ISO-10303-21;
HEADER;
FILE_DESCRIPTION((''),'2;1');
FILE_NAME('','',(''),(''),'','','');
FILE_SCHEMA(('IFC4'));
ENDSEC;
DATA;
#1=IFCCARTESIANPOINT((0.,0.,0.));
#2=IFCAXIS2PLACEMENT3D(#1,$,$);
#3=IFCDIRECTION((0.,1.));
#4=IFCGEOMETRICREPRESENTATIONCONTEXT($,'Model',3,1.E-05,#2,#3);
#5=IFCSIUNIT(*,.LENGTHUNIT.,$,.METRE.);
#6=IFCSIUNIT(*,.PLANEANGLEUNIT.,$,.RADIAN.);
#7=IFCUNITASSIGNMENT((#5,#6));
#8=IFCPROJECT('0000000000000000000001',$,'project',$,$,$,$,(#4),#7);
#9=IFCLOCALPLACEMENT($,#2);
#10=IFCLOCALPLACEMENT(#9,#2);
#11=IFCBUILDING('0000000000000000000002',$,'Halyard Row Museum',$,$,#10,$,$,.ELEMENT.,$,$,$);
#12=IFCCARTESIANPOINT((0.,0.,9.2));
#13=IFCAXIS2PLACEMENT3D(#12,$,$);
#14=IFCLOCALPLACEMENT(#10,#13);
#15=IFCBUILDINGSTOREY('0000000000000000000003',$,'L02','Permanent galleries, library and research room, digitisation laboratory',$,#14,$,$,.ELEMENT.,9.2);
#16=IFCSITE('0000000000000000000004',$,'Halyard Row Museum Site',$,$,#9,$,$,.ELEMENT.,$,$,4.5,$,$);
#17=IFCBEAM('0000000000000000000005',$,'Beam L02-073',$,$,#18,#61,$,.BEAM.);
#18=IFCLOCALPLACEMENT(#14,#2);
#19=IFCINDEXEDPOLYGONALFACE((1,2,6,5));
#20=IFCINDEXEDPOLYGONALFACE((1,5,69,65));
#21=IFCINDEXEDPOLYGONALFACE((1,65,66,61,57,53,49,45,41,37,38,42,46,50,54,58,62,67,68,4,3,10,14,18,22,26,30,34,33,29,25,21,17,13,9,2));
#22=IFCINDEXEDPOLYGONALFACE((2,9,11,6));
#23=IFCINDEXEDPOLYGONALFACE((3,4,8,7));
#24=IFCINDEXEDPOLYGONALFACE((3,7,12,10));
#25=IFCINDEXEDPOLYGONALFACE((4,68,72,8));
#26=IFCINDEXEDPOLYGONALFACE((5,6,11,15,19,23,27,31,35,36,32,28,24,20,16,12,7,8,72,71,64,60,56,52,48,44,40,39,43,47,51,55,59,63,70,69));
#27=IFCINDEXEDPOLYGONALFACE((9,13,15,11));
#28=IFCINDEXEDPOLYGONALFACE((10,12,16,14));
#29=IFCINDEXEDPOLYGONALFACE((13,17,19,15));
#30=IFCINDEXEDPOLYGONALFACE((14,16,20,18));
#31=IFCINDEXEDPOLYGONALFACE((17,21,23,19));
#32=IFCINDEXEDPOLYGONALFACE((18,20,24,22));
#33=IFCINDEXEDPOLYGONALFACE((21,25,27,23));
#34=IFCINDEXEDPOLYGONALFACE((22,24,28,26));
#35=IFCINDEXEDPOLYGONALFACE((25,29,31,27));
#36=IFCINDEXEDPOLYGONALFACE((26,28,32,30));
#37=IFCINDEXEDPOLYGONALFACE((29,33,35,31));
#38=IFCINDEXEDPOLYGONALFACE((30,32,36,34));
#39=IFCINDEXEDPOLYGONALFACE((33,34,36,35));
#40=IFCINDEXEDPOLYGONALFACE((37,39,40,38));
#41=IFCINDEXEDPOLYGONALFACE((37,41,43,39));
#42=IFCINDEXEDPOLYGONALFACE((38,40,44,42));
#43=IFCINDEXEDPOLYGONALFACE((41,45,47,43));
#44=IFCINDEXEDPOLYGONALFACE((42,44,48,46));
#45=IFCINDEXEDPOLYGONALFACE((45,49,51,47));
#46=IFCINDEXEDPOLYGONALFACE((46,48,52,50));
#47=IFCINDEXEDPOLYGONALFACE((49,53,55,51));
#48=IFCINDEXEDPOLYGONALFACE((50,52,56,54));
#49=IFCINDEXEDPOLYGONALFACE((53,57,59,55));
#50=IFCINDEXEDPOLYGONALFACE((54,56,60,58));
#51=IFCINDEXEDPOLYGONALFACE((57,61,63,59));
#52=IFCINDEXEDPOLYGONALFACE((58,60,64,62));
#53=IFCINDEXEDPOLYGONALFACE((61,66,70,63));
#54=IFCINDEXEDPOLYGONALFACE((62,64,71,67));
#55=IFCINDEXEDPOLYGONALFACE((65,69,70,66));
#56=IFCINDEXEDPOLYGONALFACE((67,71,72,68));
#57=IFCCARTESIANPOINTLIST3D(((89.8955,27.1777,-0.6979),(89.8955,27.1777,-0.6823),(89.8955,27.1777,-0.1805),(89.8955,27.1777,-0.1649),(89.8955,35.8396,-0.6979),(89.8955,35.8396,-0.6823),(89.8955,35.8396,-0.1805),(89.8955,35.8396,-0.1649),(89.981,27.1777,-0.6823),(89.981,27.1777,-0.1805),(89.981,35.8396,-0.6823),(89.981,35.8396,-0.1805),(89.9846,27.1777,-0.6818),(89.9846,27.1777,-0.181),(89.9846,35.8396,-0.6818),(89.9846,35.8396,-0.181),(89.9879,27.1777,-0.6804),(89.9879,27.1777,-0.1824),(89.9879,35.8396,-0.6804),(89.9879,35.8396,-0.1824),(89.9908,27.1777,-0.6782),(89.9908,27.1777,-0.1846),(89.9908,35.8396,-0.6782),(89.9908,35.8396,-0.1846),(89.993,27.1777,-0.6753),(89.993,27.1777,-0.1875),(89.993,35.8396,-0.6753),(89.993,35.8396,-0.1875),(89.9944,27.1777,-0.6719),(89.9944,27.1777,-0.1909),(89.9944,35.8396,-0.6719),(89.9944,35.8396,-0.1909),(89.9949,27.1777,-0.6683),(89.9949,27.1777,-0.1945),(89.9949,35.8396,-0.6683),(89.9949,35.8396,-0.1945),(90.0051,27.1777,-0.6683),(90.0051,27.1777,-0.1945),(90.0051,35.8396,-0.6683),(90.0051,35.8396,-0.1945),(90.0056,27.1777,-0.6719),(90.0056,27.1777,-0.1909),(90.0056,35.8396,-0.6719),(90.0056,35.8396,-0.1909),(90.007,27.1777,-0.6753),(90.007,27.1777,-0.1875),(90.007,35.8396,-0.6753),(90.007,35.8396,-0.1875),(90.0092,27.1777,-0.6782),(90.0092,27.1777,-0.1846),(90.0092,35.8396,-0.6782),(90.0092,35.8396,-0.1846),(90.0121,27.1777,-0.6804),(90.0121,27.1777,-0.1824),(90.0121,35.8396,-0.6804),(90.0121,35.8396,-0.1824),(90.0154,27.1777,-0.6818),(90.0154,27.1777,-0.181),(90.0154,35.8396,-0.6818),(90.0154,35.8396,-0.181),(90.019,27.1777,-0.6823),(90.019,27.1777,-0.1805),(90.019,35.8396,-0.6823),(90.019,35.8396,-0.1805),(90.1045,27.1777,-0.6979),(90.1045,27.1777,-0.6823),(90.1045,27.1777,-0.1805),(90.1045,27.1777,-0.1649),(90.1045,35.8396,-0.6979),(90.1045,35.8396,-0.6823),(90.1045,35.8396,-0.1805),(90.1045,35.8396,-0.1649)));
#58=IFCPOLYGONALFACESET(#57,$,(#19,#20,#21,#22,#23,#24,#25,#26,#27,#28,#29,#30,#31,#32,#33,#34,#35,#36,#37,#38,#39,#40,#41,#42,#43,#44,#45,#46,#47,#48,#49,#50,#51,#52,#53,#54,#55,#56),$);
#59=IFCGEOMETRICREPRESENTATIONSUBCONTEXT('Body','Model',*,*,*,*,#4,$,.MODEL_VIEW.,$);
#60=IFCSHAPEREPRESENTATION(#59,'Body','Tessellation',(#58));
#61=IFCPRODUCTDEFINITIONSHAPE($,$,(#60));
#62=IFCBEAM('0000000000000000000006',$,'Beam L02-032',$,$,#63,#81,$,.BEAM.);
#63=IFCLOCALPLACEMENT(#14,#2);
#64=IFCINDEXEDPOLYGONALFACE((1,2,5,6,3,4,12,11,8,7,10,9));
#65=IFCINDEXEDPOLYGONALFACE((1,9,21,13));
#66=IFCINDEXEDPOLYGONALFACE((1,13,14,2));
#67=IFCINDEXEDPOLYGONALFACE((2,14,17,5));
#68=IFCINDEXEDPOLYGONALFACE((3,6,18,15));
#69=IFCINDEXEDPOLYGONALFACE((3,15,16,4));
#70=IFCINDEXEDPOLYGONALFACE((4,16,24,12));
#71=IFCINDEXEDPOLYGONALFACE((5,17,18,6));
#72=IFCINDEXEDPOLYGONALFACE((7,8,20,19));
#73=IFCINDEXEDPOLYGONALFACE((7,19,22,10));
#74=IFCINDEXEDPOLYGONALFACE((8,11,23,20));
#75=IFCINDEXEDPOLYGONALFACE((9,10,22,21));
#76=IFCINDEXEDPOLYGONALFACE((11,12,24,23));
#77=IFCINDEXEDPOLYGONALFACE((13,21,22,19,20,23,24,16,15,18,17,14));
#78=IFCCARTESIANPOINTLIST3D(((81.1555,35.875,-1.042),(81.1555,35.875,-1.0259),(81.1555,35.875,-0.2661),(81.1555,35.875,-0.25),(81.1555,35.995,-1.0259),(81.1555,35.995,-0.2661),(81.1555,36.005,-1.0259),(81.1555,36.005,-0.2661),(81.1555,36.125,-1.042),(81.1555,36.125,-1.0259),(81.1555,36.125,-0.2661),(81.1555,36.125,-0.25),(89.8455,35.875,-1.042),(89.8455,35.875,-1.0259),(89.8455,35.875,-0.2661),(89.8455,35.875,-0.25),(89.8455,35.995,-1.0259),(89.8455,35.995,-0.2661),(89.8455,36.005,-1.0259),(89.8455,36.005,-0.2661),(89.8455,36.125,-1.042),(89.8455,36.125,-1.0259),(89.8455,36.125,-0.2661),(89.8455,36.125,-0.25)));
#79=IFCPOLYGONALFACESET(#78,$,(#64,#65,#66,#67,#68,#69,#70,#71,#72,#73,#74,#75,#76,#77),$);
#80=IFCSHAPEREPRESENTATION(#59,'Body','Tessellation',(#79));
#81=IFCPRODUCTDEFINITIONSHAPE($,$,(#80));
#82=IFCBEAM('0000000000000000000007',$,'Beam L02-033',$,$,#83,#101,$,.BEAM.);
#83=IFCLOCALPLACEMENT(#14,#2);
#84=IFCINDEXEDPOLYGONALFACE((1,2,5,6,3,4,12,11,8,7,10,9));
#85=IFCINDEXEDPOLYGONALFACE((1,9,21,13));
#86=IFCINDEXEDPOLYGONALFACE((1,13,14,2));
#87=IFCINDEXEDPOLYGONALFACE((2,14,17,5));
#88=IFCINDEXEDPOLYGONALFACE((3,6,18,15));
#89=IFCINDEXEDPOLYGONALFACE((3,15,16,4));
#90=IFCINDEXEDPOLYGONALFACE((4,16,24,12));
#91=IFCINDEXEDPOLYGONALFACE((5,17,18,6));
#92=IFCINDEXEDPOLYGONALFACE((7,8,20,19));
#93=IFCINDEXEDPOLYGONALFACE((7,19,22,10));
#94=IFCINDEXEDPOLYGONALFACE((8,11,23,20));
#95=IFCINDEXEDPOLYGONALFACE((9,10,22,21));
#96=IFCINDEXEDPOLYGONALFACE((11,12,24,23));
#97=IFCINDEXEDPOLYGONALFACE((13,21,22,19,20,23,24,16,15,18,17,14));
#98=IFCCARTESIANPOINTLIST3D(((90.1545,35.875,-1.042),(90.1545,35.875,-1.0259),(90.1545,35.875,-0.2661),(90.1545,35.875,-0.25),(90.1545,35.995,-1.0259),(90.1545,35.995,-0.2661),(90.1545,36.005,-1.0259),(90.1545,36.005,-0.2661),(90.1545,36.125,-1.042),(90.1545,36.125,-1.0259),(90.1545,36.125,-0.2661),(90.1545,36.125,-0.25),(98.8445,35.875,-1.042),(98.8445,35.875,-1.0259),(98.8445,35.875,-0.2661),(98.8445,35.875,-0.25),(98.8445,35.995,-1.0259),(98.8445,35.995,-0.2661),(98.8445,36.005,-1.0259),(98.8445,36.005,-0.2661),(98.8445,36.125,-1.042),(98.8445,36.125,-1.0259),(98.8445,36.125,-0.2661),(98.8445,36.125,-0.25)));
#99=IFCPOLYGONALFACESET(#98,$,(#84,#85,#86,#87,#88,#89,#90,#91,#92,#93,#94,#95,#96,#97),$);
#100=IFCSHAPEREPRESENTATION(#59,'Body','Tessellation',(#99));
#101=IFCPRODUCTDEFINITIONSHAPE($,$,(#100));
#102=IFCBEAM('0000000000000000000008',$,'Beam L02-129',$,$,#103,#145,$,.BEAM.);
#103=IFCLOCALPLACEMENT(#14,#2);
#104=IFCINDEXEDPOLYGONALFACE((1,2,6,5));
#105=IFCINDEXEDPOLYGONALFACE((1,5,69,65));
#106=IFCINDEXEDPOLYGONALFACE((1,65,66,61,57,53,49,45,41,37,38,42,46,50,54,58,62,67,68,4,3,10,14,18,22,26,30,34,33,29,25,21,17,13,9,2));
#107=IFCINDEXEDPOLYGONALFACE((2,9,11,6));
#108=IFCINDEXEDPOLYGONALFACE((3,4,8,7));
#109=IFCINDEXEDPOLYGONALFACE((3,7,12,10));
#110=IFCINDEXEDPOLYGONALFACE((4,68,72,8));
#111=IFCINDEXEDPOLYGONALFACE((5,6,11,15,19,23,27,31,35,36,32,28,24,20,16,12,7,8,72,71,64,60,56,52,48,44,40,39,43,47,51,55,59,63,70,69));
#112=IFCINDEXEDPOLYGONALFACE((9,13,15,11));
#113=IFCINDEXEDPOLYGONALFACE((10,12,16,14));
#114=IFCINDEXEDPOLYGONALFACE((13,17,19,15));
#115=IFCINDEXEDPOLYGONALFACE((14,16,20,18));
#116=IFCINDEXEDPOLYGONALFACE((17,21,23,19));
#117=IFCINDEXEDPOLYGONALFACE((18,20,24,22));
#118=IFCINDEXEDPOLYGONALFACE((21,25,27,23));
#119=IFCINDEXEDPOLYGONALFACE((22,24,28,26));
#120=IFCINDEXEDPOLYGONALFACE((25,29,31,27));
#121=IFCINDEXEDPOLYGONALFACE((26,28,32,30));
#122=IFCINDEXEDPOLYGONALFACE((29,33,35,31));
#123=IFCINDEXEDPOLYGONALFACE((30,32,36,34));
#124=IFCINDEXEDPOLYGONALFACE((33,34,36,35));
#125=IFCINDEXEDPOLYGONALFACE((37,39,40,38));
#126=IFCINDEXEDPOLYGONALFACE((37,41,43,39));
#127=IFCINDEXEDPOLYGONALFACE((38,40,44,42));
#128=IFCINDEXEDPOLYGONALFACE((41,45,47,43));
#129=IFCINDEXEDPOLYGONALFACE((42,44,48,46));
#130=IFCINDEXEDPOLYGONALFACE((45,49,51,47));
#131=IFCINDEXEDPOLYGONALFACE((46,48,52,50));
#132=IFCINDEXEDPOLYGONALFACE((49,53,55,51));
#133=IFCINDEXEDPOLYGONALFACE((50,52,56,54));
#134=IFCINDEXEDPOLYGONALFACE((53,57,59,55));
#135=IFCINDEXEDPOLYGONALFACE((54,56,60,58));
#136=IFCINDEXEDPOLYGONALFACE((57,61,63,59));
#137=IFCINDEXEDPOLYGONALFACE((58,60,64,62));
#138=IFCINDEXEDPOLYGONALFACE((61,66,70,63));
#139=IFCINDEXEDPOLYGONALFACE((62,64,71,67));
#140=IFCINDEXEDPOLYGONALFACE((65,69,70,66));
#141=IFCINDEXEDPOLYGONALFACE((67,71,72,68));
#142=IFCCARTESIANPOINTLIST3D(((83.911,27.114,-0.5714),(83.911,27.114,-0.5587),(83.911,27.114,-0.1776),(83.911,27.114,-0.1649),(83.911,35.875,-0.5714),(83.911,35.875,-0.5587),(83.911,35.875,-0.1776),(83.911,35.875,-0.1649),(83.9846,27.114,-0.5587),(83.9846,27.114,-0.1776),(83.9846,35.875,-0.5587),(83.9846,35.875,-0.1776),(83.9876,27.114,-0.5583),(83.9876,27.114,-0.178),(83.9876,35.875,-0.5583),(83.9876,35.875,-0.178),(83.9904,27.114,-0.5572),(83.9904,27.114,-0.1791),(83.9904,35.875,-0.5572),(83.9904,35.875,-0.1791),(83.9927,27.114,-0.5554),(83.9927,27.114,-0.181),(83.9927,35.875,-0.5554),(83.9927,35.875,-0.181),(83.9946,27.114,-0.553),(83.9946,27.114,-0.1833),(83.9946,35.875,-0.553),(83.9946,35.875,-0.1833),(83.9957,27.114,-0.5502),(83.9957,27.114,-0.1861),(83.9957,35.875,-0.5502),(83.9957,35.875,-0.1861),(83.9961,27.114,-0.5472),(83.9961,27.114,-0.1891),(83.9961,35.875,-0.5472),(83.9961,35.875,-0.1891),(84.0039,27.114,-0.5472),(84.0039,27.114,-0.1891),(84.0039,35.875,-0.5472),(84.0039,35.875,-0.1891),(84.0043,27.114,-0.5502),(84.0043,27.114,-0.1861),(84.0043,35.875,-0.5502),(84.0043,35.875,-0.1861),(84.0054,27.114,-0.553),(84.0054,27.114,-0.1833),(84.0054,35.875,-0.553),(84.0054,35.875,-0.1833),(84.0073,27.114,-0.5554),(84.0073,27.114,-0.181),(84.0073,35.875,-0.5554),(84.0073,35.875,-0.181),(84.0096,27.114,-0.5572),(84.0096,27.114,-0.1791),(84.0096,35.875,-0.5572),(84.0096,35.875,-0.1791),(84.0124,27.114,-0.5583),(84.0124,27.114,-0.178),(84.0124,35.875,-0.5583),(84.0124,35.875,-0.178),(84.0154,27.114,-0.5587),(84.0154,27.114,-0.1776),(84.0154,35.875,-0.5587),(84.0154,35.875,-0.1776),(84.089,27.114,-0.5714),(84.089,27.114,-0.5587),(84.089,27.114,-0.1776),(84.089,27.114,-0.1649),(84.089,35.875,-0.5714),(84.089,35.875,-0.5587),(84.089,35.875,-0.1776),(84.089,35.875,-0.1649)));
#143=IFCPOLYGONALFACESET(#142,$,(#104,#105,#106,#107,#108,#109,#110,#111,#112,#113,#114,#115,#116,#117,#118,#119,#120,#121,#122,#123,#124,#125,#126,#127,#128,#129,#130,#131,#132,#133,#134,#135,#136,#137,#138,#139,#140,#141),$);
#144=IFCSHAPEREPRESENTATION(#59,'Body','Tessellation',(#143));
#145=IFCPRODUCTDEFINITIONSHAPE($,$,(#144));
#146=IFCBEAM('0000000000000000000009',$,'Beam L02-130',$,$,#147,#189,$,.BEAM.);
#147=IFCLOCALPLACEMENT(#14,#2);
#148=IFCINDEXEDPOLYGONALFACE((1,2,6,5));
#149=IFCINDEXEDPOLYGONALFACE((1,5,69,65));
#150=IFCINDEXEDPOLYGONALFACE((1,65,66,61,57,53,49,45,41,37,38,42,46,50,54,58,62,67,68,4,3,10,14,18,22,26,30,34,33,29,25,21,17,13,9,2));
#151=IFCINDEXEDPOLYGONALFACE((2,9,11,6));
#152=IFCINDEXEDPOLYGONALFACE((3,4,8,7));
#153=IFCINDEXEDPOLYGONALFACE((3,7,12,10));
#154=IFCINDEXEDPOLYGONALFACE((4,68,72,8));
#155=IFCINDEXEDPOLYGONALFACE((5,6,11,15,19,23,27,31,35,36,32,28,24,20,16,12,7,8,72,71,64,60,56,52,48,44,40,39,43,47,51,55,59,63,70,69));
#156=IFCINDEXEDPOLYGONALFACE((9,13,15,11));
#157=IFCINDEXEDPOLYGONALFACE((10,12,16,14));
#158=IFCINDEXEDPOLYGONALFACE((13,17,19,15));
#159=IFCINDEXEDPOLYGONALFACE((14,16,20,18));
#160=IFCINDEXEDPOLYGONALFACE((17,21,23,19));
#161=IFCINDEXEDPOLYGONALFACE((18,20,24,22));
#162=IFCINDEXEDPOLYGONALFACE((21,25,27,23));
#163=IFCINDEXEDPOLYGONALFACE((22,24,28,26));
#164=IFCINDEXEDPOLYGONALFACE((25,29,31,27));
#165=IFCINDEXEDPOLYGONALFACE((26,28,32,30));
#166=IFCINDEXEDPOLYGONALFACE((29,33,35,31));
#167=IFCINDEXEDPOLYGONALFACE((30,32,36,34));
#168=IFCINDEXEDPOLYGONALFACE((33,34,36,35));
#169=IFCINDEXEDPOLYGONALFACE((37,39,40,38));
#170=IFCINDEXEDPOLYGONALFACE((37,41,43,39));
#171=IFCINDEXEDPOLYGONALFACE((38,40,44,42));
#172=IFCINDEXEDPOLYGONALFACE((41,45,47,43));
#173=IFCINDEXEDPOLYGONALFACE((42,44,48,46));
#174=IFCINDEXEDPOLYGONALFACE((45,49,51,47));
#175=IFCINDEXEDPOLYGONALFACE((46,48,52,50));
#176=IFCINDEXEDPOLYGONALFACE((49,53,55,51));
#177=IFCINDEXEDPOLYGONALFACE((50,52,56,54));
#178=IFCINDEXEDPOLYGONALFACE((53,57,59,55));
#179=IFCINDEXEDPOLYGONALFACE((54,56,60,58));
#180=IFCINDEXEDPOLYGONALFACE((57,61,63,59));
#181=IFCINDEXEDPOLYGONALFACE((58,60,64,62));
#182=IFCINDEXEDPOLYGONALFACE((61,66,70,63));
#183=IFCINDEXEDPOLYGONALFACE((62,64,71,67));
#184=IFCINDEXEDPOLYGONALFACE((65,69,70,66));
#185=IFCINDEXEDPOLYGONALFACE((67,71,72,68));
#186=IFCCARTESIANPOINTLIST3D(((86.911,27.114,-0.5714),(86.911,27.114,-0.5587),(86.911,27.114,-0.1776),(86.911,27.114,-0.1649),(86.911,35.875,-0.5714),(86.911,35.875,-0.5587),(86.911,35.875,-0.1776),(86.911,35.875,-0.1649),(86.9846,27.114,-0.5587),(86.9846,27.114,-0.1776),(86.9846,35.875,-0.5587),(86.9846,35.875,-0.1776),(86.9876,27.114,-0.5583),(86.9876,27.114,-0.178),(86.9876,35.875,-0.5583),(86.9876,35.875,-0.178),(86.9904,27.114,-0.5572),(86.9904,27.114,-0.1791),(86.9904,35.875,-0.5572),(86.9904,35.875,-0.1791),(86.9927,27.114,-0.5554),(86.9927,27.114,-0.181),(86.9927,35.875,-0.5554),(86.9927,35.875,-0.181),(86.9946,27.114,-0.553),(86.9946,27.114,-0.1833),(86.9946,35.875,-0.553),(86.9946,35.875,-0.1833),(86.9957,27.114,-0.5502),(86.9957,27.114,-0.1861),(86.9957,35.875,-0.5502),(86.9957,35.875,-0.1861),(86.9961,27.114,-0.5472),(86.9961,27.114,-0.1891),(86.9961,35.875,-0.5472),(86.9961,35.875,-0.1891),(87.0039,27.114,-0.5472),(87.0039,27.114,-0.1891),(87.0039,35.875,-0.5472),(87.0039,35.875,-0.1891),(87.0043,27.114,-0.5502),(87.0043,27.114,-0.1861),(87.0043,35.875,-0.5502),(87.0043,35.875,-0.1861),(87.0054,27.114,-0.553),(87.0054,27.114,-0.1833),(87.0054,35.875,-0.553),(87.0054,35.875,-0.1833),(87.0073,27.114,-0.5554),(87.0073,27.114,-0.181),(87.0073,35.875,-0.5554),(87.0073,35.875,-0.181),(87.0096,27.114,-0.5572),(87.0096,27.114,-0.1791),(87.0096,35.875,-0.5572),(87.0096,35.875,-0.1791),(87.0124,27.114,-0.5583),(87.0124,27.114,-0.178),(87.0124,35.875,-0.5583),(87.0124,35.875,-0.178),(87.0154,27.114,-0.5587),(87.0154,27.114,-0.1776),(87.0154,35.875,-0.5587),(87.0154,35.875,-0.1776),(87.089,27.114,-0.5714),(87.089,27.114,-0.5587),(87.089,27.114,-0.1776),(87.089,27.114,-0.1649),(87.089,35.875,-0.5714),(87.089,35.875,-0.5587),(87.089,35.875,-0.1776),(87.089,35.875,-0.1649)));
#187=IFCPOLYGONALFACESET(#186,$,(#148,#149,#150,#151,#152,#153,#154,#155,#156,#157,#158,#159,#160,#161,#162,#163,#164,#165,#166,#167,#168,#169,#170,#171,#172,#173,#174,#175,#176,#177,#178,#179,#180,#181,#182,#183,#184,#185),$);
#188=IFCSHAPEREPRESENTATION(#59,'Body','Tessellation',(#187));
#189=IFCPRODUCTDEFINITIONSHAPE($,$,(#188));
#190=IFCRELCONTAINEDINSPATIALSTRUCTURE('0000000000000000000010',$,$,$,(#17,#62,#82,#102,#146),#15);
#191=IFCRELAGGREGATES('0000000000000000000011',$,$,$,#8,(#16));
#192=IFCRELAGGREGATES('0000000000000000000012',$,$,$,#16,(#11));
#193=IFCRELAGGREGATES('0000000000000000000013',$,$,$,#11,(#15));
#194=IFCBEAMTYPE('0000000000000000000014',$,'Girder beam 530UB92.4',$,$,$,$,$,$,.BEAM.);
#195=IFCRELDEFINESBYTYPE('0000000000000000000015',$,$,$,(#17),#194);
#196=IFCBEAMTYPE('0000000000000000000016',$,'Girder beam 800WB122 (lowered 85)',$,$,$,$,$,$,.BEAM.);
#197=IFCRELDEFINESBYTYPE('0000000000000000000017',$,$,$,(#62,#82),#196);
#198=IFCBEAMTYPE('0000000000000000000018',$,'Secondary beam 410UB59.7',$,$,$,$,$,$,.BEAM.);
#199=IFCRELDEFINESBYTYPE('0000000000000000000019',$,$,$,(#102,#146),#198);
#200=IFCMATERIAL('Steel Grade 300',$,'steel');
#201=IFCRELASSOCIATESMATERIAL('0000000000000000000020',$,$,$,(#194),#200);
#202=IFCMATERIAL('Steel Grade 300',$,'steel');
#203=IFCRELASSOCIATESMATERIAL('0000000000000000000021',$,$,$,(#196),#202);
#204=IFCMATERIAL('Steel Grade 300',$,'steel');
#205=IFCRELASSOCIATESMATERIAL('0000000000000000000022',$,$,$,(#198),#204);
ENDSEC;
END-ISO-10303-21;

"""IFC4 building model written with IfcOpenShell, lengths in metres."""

from ifc_helpers import new_model, si_unit, direction, frame, origin, origin_2d, place, context, subcontext, project, spatial, i_section, extrude, material, material_profile, profile_set, type_object, element, save


model = new_model("IFC4")

# Units and contexts
model_context = context("Model", 3, precision=1e-05, world=origin(), true_north=direction((0.0, 1.0)))
body_context = subcontext(model_context, "Body", "Model", "MODEL_VIEW")
ifc_project = project(units=[si_unit("LENGTHUNIT", "METRE"), si_unit("PLANEANGLEUNIT", "RADIAN")], contexts=[model_context])

# Site, building, storey
site_placement = place(None, origin())
site = spatial("IfcSite", under=ifc_project, at=site_placement, Name="Halyard Row Museum Site", CompositionType="ELEMENT", RefElevation=4.5)
building_placement = place(site_placement, origin())
building = spatial("IfcBuilding", under=site, at=building_placement, Name="Halyard Row Museum", CompositionType="ELEMENT")
storey_placement = place(building_placement, frame((0.0, 0.0, 9.2)))
storey = spatial("IfcBuildingStorey", under=building, at=storey_placement, Name="L02", Description="Permanent galleries, library and research room, digitisation laboratory", CompositionType="ELEMENT", Elevation=9.2)

# Beams
ifc_material_1 = material(Name="Steel Grade 300", Category="steel")
ifc_material_profile_1 = material_profile(ifc_material_1, i_section(OverallWidth=0.209, OverallDepth=0.533, WebThickness=0.0103, FlangeThickness=0.0156, FilletRadius=0.0139, at=origin_2d()), Name="530UB92.4")
ifc_profile_set_1 = profile_set([ifc_material_profile_1], Name="Steel Grade 300")
beam_type_1 = type_object("IfcBeamType", Name="Girder beam 530UB92.4", PredefinedType="BEAM", material=ifc_profile_set_1)
beam_placement = place(storey_placement, frame((90.0, 27.1777, -0.4314), z_axis=(0.0, 1.0, 0.0), x_axis=(-1.0, 0.0, 0.0)))
element("IfcBeam", 1, at=beam_placement, inside=storey, type_object=beam_type_1, Name="Beam L02-073", PredefinedType="BEAM", context=body_context, shape_type="SweptSolid", body=[
    extrude(i_section(OverallWidth=0.209, OverallDepth=0.533, WebThickness=0.0103, FlangeThickness=0.0156, FilletRadius=0.0139, at=origin_2d()), origin(), (0.0, 0.0, 1.0), 8.6619),
])
ifc_material_2 = material(Name="Steel Grade 300", Category="steel")
ifc_material_profile_2 = material_profile(ifc_material_2, i_section(OverallWidth=0.25, OverallDepth=0.792, WebThickness=0.01, FlangeThickness=0.0161, at=origin_2d()), Name="800WB122")
ifc_profile_set_2 = profile_set([ifc_material_profile_2], Name="Steel Grade 300")
beam_type_2 = type_object("IfcBeamType", Name="Girder beam 800WB122 (lowered 85)", PredefinedType="BEAM", material=ifc_profile_set_2)
for number, where, z_axis, x_axis, name in (
    (2, (81.1555, 36.0, -0.646), (1.0, 0.0, 0.0), (0.0, 1.0, 0.0), "Beam L02-032"),
    (3, (90.1545, 36.0, -0.646), (1.0, 0.0, 0.0), (0.0, 1.0, 0.0), "Beam L02-033"),
):
    element("IfcBeam", number, at=place(storey_placement, frame(where, z_axis=z_axis, x_axis=x_axis)), inside=storey, type_object=beam_type_2, Name=name, PredefinedType="BEAM", context=body_context, shape_type="SweptSolid", body=[
        extrude(i_section(OverallWidth=0.25, OverallDepth=0.792, WebThickness=0.01, FlangeThickness=0.0161, at=origin_2d()), origin(), (0.0, 0.0, 1.0), 8.6899),
    ])
ifc_material_3 = material(Name="Steel Grade 300", Category="steel")
ifc_material_profile_3 = material_profile(ifc_material_3, i_section(OverallWidth=0.178, OverallDepth=0.4065, WebThickness=0.0078, FlangeThickness=0.0127, FilletRadius=0.0115, at=origin_2d()), Name="410UB59.7")
ifc_profile_set_3 = profile_set([ifc_material_profile_3], Name="Steel Grade 300")
beam_type_3 = type_object("IfcBeamType", Name="Secondary beam 410UB59.7", PredefinedType="BEAM", material=ifc_profile_set_3)
for number, where, z_axis, x_axis, name in (
    (4, (84.0, 27.114, -0.3682), (0.0, 1.0, 0.0), (-1.0, 0.0, 0.0), "Beam L02-129"),
    (5, (87.0, 27.114, -0.3682), (0.0, 1.0, 0.0), (-1.0, 0.0, 0.0), "Beam L02-130"),
):
    element("IfcBeam", number, at=place(storey_placement, frame(where, z_axis=z_axis, x_axis=x_axis)), inside=storey, type_object=beam_type_3, Name=name, PredefinedType="BEAM", context=body_context, shape_type="SweptSolid", body=[
        extrude(i_section(OverallWidth=0.178, OverallDepth=0.4065, WebThickness=0.0078, FlangeThickness=0.0127, FilletRadius=0.0115, at=origin_2d()), origin(), (0.0, 0.0, 1.0), 8.761),
    ])

save(model, "model.ifc")
